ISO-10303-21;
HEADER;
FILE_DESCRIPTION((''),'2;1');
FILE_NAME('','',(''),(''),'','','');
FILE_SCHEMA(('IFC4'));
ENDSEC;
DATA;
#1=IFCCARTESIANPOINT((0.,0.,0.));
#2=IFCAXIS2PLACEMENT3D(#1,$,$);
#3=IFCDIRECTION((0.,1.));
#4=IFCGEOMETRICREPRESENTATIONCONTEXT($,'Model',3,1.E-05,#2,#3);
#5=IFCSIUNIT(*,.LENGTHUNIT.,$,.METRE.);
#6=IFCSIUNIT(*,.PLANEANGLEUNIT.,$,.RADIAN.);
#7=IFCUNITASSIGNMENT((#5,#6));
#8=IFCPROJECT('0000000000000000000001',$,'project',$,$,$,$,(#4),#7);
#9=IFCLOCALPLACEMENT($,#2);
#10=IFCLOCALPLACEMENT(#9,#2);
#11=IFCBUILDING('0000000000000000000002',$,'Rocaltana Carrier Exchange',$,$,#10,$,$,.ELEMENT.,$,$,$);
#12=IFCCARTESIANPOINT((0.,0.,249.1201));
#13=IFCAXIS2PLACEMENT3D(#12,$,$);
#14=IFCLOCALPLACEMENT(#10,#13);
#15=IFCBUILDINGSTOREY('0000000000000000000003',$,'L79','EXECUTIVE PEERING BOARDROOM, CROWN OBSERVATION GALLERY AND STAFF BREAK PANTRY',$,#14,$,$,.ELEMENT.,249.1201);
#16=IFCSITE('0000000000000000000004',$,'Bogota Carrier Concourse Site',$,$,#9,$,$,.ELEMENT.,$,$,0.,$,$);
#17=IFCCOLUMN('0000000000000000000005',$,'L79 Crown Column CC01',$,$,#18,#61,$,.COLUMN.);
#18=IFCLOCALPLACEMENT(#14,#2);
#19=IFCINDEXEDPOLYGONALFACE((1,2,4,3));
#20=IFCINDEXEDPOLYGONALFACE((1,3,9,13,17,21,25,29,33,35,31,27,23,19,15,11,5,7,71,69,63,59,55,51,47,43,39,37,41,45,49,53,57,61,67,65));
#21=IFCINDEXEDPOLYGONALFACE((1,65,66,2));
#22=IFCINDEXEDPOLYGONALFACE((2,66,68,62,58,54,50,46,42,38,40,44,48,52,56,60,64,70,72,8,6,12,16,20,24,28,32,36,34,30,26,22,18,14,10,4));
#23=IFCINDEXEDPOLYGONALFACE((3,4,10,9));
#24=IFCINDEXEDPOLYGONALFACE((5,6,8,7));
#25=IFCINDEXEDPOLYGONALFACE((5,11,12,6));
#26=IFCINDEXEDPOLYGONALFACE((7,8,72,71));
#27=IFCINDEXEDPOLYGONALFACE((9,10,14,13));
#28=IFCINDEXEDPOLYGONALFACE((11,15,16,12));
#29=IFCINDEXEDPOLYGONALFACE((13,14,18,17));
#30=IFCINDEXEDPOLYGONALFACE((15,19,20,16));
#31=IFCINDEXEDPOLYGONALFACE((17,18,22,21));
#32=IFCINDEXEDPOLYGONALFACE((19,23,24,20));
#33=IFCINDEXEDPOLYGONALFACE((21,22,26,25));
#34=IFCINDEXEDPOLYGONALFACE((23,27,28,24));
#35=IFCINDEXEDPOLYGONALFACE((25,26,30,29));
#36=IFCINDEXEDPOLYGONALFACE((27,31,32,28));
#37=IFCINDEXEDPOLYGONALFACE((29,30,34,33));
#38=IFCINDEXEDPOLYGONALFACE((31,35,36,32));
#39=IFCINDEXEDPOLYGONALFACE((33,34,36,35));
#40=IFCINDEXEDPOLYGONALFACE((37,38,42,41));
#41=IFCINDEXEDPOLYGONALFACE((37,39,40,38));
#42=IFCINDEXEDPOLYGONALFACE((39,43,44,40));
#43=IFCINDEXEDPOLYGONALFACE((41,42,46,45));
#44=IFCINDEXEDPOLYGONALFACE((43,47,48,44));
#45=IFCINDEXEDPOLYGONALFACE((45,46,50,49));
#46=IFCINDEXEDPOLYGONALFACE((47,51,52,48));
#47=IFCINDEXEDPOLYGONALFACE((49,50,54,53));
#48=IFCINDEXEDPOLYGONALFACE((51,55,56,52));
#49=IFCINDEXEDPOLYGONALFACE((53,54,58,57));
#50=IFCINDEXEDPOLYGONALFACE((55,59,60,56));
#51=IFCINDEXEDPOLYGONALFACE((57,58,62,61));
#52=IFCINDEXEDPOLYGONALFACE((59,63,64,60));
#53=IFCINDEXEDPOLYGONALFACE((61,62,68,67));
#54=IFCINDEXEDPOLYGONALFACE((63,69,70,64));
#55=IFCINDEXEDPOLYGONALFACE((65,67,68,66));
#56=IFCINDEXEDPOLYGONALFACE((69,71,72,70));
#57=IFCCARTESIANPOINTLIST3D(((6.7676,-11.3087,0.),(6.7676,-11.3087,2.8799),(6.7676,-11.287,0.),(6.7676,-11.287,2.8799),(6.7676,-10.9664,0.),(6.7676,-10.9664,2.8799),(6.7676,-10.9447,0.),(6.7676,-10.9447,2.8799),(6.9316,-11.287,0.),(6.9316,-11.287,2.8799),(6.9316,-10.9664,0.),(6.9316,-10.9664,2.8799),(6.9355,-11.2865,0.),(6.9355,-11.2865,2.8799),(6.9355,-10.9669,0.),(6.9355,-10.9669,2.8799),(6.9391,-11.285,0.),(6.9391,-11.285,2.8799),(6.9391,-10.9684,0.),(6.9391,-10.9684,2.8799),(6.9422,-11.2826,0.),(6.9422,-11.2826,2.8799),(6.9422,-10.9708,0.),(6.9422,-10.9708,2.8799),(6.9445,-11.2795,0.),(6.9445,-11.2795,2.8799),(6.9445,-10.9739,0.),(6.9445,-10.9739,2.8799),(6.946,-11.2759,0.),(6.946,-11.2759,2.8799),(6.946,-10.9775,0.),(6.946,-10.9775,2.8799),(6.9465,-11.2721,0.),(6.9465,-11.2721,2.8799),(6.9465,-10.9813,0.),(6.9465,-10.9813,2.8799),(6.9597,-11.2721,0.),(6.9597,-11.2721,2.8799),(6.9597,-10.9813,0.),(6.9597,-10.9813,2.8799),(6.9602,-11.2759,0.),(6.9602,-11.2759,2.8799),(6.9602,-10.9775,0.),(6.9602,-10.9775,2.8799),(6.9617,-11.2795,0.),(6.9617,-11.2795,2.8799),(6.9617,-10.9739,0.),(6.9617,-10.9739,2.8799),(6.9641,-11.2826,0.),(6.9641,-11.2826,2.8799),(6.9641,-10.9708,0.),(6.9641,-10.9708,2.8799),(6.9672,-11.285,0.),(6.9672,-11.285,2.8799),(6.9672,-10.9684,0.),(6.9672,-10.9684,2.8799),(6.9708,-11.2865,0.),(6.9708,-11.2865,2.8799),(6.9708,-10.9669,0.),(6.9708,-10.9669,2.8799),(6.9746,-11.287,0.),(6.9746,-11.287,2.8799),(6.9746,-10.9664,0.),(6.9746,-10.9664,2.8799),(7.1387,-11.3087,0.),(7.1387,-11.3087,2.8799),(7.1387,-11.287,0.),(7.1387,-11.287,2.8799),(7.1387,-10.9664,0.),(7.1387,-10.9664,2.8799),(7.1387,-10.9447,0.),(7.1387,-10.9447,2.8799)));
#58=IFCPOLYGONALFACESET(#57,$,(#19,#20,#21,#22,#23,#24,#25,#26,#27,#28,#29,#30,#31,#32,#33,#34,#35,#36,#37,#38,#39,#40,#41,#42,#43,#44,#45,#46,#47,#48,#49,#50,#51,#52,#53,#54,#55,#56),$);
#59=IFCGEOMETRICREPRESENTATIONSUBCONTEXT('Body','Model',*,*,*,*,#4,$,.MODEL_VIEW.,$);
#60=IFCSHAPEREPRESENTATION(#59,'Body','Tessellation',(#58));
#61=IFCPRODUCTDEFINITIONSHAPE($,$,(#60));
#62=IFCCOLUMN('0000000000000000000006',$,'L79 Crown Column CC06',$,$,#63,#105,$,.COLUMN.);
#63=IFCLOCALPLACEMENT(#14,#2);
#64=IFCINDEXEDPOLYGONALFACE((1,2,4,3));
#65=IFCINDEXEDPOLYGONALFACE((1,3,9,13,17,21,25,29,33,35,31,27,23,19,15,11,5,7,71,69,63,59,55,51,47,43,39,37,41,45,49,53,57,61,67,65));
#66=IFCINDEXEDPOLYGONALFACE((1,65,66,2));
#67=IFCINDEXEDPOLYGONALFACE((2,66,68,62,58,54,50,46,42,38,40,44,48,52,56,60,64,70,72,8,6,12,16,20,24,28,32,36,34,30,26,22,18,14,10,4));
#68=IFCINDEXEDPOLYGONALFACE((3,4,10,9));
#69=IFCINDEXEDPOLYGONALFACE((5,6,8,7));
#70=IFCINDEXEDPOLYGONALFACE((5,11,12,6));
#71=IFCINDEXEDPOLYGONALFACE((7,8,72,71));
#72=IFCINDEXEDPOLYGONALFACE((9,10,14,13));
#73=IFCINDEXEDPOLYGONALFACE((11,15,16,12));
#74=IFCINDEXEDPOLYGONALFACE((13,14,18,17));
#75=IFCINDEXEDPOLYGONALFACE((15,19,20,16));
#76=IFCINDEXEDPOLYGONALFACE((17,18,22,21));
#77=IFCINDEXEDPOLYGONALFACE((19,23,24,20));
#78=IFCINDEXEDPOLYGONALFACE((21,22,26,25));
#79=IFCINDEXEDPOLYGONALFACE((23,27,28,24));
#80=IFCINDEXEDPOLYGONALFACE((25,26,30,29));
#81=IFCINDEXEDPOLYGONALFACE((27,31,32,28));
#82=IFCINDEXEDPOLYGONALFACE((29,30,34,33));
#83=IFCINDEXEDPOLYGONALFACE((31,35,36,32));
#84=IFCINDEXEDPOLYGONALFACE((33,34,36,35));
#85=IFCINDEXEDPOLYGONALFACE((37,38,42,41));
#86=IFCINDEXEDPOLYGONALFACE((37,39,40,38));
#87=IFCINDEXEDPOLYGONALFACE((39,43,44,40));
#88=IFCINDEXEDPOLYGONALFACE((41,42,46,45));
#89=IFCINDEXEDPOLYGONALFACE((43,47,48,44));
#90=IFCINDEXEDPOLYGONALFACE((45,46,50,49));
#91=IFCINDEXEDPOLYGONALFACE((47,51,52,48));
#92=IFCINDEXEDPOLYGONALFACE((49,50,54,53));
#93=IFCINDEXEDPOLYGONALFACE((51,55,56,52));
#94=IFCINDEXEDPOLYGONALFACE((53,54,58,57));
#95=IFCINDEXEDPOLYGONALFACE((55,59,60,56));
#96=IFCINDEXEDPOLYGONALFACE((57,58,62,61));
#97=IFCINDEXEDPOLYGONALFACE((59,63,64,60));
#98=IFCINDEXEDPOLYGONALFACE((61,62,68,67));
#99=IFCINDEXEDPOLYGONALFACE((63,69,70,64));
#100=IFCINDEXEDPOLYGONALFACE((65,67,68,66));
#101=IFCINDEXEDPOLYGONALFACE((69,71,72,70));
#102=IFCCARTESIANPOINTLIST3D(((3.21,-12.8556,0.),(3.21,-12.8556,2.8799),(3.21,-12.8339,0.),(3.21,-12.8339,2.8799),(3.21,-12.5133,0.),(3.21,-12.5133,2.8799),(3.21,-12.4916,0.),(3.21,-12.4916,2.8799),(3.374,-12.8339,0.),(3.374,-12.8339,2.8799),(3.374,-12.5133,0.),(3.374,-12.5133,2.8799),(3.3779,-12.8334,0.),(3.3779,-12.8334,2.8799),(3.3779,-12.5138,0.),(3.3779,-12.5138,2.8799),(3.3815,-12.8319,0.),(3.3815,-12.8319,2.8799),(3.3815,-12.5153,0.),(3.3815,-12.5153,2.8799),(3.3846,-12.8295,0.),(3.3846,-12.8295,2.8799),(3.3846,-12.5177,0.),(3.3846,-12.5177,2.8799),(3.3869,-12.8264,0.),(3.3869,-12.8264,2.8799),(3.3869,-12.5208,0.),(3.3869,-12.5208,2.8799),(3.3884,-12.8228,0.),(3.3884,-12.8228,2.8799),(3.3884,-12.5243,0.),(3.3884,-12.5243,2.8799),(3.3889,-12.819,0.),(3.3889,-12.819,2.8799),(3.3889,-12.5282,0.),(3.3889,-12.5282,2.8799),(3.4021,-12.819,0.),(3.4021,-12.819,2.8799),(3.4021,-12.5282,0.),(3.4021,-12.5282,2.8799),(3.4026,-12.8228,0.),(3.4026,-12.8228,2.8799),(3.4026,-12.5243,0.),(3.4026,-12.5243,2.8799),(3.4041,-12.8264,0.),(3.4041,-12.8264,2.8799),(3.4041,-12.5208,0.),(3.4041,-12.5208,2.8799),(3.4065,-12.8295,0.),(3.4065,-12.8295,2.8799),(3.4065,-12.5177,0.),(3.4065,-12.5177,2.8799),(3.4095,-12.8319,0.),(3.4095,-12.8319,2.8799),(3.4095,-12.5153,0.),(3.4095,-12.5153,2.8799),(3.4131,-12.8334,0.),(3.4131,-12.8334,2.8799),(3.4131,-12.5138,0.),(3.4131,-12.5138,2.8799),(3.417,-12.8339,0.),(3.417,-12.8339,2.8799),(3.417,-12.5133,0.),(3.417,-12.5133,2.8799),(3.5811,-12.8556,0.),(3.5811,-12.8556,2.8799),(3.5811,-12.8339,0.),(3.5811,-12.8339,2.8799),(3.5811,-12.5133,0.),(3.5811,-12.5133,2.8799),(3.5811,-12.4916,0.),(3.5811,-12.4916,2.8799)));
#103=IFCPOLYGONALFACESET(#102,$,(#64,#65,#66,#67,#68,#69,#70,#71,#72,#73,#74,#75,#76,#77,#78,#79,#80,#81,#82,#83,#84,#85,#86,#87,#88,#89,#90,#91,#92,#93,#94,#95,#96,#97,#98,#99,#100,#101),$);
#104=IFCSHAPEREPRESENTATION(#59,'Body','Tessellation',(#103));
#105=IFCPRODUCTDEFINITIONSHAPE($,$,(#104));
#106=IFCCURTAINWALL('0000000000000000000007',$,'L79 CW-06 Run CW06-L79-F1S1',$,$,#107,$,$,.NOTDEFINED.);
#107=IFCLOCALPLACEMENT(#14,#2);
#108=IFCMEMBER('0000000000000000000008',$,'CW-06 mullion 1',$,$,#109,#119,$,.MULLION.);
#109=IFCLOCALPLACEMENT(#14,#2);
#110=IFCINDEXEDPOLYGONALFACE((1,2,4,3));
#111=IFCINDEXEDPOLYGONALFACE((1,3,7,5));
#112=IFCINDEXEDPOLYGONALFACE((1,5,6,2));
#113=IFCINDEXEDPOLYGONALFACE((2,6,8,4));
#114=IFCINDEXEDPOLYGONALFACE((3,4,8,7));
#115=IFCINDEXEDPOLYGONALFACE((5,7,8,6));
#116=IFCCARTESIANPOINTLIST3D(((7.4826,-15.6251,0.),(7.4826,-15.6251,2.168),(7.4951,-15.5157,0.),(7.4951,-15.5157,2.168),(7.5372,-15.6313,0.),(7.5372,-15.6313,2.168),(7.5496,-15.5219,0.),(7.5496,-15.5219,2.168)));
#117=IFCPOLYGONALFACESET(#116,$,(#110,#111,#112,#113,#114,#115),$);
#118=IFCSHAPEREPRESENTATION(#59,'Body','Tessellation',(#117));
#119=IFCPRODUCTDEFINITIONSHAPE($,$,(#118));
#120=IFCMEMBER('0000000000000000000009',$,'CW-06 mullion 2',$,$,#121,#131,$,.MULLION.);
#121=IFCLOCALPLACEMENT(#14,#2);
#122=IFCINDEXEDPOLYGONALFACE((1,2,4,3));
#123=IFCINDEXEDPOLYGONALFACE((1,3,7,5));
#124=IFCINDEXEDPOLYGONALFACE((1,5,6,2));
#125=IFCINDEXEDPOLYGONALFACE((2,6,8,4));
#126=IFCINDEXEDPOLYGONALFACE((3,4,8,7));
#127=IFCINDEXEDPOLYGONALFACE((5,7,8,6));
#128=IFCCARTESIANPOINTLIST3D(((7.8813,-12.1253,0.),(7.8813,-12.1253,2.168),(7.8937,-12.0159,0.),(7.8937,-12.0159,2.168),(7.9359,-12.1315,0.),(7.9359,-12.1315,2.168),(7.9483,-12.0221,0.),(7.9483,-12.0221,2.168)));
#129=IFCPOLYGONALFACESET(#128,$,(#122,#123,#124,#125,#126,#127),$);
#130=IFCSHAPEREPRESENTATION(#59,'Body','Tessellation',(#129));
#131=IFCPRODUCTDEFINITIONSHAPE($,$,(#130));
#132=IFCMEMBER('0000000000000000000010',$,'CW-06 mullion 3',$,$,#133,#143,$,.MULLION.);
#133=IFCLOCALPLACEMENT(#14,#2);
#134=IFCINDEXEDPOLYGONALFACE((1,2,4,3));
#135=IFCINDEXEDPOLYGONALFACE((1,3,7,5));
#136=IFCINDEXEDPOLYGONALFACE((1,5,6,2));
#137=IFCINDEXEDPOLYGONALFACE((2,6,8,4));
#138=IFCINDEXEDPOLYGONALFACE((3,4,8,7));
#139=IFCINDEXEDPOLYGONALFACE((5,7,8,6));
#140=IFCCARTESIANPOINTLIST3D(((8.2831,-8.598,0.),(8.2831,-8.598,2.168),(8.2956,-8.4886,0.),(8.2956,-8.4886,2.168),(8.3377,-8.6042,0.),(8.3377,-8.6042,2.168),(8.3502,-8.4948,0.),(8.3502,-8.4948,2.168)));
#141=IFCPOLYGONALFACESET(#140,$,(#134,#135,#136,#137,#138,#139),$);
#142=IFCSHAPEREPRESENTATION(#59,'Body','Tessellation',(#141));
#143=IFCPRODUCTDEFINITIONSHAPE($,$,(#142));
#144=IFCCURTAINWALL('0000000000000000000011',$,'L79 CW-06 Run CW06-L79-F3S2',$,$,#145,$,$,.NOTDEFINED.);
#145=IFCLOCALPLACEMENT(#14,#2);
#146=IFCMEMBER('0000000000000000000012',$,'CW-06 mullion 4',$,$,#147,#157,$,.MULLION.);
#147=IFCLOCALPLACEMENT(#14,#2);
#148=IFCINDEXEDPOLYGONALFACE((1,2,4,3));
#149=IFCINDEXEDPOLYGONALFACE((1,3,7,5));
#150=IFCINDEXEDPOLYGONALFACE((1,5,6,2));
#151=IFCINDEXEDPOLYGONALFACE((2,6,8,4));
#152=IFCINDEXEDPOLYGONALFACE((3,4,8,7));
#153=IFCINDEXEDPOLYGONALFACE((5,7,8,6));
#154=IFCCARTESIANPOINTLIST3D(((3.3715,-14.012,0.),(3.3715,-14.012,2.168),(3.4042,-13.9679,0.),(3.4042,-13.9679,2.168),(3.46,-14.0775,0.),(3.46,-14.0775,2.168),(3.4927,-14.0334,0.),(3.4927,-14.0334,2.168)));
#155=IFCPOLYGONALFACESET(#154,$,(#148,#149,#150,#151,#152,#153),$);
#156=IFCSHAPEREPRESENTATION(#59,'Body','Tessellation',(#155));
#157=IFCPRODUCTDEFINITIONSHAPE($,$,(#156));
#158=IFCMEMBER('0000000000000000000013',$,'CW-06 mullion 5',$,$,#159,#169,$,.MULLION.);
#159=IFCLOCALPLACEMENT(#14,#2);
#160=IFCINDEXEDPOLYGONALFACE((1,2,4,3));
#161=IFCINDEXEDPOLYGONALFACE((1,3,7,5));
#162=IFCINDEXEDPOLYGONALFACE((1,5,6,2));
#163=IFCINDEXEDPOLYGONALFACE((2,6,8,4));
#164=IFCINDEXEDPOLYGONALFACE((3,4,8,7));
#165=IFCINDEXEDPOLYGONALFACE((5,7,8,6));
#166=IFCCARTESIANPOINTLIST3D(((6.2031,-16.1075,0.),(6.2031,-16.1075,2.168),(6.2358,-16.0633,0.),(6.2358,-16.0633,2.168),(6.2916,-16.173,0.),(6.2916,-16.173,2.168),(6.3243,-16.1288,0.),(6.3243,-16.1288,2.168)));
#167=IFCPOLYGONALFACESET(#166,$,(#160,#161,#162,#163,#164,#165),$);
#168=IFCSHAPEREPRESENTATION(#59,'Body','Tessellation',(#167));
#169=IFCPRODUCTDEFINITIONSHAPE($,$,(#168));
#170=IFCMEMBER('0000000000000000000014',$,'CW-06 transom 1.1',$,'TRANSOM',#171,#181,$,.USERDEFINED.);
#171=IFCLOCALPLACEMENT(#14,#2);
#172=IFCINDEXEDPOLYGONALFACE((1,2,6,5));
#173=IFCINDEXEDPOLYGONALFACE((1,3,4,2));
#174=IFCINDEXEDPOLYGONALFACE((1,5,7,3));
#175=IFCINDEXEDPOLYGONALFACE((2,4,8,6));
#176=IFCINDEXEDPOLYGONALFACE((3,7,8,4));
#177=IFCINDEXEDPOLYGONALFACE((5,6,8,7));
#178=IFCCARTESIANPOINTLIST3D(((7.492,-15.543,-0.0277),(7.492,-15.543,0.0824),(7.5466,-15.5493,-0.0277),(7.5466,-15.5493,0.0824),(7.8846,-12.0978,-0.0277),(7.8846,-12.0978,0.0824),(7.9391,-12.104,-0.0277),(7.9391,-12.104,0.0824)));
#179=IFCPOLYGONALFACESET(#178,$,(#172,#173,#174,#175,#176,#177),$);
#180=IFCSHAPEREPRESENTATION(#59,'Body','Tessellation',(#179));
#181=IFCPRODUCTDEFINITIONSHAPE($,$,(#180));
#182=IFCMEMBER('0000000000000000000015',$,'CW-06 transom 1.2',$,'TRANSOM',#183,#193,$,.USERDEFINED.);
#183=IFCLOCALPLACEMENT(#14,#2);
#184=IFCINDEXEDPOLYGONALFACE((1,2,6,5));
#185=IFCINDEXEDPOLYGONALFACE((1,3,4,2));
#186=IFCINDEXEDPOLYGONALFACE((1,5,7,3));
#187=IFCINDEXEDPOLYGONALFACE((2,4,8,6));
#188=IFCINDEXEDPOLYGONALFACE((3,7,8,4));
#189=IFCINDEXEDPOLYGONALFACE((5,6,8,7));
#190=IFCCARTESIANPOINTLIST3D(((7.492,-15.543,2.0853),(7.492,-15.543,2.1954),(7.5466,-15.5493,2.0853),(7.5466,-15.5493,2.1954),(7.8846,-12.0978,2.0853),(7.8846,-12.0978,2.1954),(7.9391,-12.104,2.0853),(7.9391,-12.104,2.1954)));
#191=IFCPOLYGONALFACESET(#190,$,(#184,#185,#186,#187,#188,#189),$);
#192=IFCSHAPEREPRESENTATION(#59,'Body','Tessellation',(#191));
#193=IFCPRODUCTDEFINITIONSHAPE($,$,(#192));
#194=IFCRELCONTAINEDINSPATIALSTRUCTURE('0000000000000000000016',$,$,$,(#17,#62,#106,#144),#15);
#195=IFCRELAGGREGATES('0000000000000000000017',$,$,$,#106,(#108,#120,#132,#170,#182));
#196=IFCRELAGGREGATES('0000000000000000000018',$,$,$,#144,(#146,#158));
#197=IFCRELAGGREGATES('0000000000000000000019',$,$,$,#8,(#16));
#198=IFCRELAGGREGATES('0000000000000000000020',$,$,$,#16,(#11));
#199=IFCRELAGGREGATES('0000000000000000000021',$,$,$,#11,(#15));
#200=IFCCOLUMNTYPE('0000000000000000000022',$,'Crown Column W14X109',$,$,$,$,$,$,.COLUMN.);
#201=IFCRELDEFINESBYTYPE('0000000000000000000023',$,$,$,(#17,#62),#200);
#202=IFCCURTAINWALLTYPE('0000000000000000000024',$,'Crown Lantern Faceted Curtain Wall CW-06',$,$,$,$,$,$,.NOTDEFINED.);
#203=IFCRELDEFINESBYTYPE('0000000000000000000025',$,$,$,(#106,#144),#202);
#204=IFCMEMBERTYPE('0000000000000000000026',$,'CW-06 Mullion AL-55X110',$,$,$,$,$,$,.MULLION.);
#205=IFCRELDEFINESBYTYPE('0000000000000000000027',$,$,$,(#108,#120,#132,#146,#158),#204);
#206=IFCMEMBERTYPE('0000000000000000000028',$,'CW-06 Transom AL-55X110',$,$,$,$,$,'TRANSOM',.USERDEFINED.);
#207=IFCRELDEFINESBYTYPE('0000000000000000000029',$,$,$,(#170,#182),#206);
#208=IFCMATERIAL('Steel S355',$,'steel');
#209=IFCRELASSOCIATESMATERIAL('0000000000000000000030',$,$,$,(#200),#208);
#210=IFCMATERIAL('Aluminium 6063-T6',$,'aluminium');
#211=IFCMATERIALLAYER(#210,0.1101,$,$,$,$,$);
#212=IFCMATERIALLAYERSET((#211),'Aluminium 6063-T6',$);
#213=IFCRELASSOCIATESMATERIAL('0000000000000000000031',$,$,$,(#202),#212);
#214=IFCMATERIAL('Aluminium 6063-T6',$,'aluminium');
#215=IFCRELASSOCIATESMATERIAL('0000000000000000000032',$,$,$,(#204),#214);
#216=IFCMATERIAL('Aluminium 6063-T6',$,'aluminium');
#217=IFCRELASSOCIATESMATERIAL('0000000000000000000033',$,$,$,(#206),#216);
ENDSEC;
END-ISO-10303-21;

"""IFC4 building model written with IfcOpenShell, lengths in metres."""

from ifc_helpers import new_model, si_unit, direction, frame, origin, origin_2d, place, context, subcontext, project, spatial, rectangle, i_section, extrude, material, layer, layer_set, material_profile, profile_set, type_object, element, aggregate, save


model = new_model("IFC4")

# Units and contexts
model_context = context("Model", 3, precision=1e-05, world=origin(), true_north=direction((0.0, 1.0)))
body_context = subcontext(model_context, "Body", "Model", "MODEL_VIEW")
ifc_project = project(units=[si_unit("LENGTHUNIT", "METRE"), si_unit("PLANEANGLEUNIT", "RADIAN")], contexts=[model_context])

# Site, building, storey
site_placement = place(None, origin())
site = spatial("IfcSite", under=ifc_project, at=site_placement, Name="Bogota Carrier Concourse Site", CompositionType="ELEMENT", RefElevation=0.0)
building_placement = place(site_placement, origin())
building = spatial("IfcBuilding", under=site, at=building_placement, Name="Rocaltana Carrier Exchange", CompositionType="ELEMENT")
storey_placement = place(building_placement, frame((0.0, 0.0, 249.1201)))
storey = spatial("IfcBuildingStorey", under=building, at=storey_placement, Name="L79", Description="EXECUTIVE PEERING BOARDROOM, CROWN OBSERVATION GALLERY AND STAFF BREAK PANTRY", CompositionType="ELEMENT", Elevation=249.1201)

# Columns
ifc_material_1 = material(Name="Steel S355", Category="steel")
ifc_material_profile_1 = material_profile(ifc_material_1, i_section(OverallWidth=0.3711, OverallDepth=0.364, WebThickness=0.0132, FlangeThickness=0.0217, FilletRadius=0.0149, at=origin_2d()), Name="W14X109")
ifc_profile_set_1 = profile_set([ifc_material_profile_1], Name="Steel S355")
column_type = type_object("IfcColumnType", Name="Crown Column W14X109", PredefinedType="COLUMN", material=ifc_profile_set_1)
for number, where, z_axis, x_axis, name in (
    (1, (6.9531, -11.1267, 0.0), (0.0, 0.0, 1.0), (1.0, 0.0, 0.0), "L79 Crown Column CC01"),
    (2, (3.3955, -12.6736, 0.0), (0.0, 0.0, 1.0), (1.0, 0.0, 0.0), "L79 Crown Column CC06"),
):
    element("IfcColumn", number, at=place(storey_placement, frame(where, z_axis=z_axis, x_axis=x_axis)), inside=storey, type_object=column_type, Name=name, PredefinedType="COLUMN", context=body_context, shape_type="SweptSolid", body=[
        extrude(i_section(OverallWidth=0.3711, OverallDepth=0.364, WebThickness=0.0132, FlangeThickness=0.0217, FilletRadius=0.0149, at=origin_2d()), origin(), (0.0, 0.0, 1.0), 2.8799),
    ])

# Curtain walls, members
ifc_material_2 = material(Name="Aluminium 6063-T6", Category="aluminium")
ifc_layer_1 = layer(ifc_material_2, 0.1101)
ifc_layer_set_1 = layer_set([ifc_layer_1], Name="Aluminium 6063-T6")
curtain_wall_type = type_object("IfcCurtainWallType", Name="Crown Lantern Faceted Curtain Wall CW-06", PredefinedType="NOTDEFINED", material=ifc_layer_set_1)
curtain_wall_1_placement = place(storey_placement, origin())
curtain_wall_1 = element("IfcCurtainWall", 3, at=curtain_wall_1_placement, inside=storey, type_object=curtain_wall_type, Name="L79 CW-06 Run CW06-L79-F1S1", PredefinedType="NOTDEFINED")
ifc_material_3 = material(Name="Aluminium 6063-T6", Category="aluminium")
ifc_material_profile_2 = material_profile(ifc_material_3, rectangle(XDim=0.0549, YDim=0.1101, at=origin_2d()), Name="AL-55X110")
ifc_profile_set_2 = profile_set([ifc_material_profile_2], Name="Aluminium 6063-T6")
member_type_1 = type_object("IfcMemberType", Name="CW-06 Mullion AL-55X110", PredefinedType="MULLION", material=ifc_profile_set_2)
member_1_placement = place(storey_placement, frame((7.5161, -15.5735, 0.0), z_axis=(0.0, 0.0, 1.0), x_axis=(-0.993572, 0.113204, 0.0)))
member_1 = element("IfcMember", 4, at=member_1_placement, type_object=member_type_1, Name="CW-06 mullion 1", PredefinedType="MULLION", context=body_context, shape_type="SweptSolid", body=[
    extrude(rectangle(XDim=0.0549, YDim=0.1101, at=origin_2d()), origin(), (0.0, 0.0, 1.0), 2.168),
])
member_2_placement = place(storey_placement, frame((7.9148, -12.0737, 0.0), z_axis=(0.0, 0.0, 1.0), x_axis=(-0.993572, 0.113204, 0.0)))
member_2 = element("IfcMember", 5, at=member_2_placement, type_object=member_type_1, Name="CW-06 mullion 2", PredefinedType="MULLION", context=body_context, shape_type="SweptSolid", body=[
    extrude(rectangle(XDim=0.0549, YDim=0.1101, at=origin_2d()), origin(), (0.0, 0.0, 1.0), 2.168),
])
member_3_placement = place(storey_placement, frame((8.3167, -8.5464, 0.0), z_axis=(0.0, 0.0, 1.0), x_axis=(-0.993572, 0.113204, 0.0)))
member_3 = element("IfcMember", 6, at=member_3_placement, type_object=member_type_1, Name="CW-06 mullion 3", PredefinedType="MULLION", context=body_context, shape_type="SweptSolid", body=[
    extrude(rectangle(XDim=0.0549, YDim=0.1101, at=origin_2d()), origin(), (0.0, 0.0, 1.0), 2.168),
])
curtain_wall_2_placement = place(storey_placement, origin())
curtain_wall_2 = element("IfcCurtainWall", 7, at=curtain_wall_2_placement, inside=storey, type_object=curtain_wall_type, Name="L79 CW-06 Run CW06-L79-F3S2", PredefinedType="NOTDEFINED")
member_4_placement = place(storey_placement, frame((3.4321, -14.0227, 0.0), z_axis=(0.0, 0.0, 1.0), x_axis=(0.594822, 0.803857, 0.0)))
member_4 = element("IfcMember", 8, at=member_4_placement, type_object=member_type_1, Name="CW-06 mullion 4", PredefinedType="MULLION", context=body_context, shape_type="SweptSolid", body=[
    extrude(rectangle(XDim=0.0549, YDim=0.1101, at=origin_2d()), origin(), (0.0, 0.0, 1.0), 2.168),
])
member_5_placement = place(storey_placement, frame((6.2637, -16.1182, 0.0), z_axis=(0.0, 0.0, 1.0), x_axis=(0.594822, 0.803857, 0.0)))
member_5 = element("IfcMember", 9, at=member_5_placement, type_object=member_type_1, Name="CW-06 mullion 5", PredefinedType="MULLION", context=body_context, shape_type="SweptSolid", body=[
    extrude(rectangle(XDim=0.0549, YDim=0.1101, at=origin_2d()), origin(), (0.0, 0.0, 1.0), 2.168),
])

# Members
ifc_material_4 = material(Name="Aluminium 6063-T6", Category="aluminium")
ifc_material_profile_3 = material_profile(ifc_material_4, rectangle(XDim=0.0549, YDim=0.1101, at=origin_2d()), Name="AL-55X110")
ifc_profile_set_3 = profile_set([ifc_material_profile_3], Name="Aluminium 6063-T6")
member_type_2 = type_object("IfcMemberType", Name="CW-06 Transom AL-55X110", ElementType="TRANSOM", PredefinedType="USERDEFINED", material=ifc_profile_set_3)
member_6_placement = place(storey_placement, frame((7.5193, -15.5461, 0.0273), z_axis=(0.113213, 0.993571, 0.0), x_axis=(-0.993571, 0.113213, 0.0)))
member_6 = element("IfcMember", 10, at=member_6_placement, type_object=member_type_2, Name="CW-06 transom 1.1", ObjectType="TRANSOM", PredefinedType="USERDEFINED", context=body_context, shape_type="SweptSolid", body=[
    extrude(rectangle(XDim=0.0549, YDim=0.1101, at=origin_2d()), origin(), (0.0, 0.0, 1.0), 3.4675),
])
member_7_placement = place(storey_placement, frame((7.5193, -15.5461, 2.1404), z_axis=(0.113213, 0.993571, 0.0), x_axis=(-0.993571, 0.113213, 0.0)))
member_7 = element("IfcMember", 11, at=member_7_placement, type_object=member_type_2, Name="CW-06 transom 1.2", ObjectType="TRANSOM", PredefinedType="USERDEFINED", context=body_context, shape_type="SweptSolid", body=[
    extrude(rectangle(XDim=0.0549, YDim=0.1101, at=origin_2d()), origin(), (0.0, 0.0, 1.0), 3.4675),
])

aggregate(curtain_wall_1, [member_1, member_2, member_3, member_6, member_7])
aggregate(curtain_wall_2, [member_4, member_5])

save(model, "model.ifc")
